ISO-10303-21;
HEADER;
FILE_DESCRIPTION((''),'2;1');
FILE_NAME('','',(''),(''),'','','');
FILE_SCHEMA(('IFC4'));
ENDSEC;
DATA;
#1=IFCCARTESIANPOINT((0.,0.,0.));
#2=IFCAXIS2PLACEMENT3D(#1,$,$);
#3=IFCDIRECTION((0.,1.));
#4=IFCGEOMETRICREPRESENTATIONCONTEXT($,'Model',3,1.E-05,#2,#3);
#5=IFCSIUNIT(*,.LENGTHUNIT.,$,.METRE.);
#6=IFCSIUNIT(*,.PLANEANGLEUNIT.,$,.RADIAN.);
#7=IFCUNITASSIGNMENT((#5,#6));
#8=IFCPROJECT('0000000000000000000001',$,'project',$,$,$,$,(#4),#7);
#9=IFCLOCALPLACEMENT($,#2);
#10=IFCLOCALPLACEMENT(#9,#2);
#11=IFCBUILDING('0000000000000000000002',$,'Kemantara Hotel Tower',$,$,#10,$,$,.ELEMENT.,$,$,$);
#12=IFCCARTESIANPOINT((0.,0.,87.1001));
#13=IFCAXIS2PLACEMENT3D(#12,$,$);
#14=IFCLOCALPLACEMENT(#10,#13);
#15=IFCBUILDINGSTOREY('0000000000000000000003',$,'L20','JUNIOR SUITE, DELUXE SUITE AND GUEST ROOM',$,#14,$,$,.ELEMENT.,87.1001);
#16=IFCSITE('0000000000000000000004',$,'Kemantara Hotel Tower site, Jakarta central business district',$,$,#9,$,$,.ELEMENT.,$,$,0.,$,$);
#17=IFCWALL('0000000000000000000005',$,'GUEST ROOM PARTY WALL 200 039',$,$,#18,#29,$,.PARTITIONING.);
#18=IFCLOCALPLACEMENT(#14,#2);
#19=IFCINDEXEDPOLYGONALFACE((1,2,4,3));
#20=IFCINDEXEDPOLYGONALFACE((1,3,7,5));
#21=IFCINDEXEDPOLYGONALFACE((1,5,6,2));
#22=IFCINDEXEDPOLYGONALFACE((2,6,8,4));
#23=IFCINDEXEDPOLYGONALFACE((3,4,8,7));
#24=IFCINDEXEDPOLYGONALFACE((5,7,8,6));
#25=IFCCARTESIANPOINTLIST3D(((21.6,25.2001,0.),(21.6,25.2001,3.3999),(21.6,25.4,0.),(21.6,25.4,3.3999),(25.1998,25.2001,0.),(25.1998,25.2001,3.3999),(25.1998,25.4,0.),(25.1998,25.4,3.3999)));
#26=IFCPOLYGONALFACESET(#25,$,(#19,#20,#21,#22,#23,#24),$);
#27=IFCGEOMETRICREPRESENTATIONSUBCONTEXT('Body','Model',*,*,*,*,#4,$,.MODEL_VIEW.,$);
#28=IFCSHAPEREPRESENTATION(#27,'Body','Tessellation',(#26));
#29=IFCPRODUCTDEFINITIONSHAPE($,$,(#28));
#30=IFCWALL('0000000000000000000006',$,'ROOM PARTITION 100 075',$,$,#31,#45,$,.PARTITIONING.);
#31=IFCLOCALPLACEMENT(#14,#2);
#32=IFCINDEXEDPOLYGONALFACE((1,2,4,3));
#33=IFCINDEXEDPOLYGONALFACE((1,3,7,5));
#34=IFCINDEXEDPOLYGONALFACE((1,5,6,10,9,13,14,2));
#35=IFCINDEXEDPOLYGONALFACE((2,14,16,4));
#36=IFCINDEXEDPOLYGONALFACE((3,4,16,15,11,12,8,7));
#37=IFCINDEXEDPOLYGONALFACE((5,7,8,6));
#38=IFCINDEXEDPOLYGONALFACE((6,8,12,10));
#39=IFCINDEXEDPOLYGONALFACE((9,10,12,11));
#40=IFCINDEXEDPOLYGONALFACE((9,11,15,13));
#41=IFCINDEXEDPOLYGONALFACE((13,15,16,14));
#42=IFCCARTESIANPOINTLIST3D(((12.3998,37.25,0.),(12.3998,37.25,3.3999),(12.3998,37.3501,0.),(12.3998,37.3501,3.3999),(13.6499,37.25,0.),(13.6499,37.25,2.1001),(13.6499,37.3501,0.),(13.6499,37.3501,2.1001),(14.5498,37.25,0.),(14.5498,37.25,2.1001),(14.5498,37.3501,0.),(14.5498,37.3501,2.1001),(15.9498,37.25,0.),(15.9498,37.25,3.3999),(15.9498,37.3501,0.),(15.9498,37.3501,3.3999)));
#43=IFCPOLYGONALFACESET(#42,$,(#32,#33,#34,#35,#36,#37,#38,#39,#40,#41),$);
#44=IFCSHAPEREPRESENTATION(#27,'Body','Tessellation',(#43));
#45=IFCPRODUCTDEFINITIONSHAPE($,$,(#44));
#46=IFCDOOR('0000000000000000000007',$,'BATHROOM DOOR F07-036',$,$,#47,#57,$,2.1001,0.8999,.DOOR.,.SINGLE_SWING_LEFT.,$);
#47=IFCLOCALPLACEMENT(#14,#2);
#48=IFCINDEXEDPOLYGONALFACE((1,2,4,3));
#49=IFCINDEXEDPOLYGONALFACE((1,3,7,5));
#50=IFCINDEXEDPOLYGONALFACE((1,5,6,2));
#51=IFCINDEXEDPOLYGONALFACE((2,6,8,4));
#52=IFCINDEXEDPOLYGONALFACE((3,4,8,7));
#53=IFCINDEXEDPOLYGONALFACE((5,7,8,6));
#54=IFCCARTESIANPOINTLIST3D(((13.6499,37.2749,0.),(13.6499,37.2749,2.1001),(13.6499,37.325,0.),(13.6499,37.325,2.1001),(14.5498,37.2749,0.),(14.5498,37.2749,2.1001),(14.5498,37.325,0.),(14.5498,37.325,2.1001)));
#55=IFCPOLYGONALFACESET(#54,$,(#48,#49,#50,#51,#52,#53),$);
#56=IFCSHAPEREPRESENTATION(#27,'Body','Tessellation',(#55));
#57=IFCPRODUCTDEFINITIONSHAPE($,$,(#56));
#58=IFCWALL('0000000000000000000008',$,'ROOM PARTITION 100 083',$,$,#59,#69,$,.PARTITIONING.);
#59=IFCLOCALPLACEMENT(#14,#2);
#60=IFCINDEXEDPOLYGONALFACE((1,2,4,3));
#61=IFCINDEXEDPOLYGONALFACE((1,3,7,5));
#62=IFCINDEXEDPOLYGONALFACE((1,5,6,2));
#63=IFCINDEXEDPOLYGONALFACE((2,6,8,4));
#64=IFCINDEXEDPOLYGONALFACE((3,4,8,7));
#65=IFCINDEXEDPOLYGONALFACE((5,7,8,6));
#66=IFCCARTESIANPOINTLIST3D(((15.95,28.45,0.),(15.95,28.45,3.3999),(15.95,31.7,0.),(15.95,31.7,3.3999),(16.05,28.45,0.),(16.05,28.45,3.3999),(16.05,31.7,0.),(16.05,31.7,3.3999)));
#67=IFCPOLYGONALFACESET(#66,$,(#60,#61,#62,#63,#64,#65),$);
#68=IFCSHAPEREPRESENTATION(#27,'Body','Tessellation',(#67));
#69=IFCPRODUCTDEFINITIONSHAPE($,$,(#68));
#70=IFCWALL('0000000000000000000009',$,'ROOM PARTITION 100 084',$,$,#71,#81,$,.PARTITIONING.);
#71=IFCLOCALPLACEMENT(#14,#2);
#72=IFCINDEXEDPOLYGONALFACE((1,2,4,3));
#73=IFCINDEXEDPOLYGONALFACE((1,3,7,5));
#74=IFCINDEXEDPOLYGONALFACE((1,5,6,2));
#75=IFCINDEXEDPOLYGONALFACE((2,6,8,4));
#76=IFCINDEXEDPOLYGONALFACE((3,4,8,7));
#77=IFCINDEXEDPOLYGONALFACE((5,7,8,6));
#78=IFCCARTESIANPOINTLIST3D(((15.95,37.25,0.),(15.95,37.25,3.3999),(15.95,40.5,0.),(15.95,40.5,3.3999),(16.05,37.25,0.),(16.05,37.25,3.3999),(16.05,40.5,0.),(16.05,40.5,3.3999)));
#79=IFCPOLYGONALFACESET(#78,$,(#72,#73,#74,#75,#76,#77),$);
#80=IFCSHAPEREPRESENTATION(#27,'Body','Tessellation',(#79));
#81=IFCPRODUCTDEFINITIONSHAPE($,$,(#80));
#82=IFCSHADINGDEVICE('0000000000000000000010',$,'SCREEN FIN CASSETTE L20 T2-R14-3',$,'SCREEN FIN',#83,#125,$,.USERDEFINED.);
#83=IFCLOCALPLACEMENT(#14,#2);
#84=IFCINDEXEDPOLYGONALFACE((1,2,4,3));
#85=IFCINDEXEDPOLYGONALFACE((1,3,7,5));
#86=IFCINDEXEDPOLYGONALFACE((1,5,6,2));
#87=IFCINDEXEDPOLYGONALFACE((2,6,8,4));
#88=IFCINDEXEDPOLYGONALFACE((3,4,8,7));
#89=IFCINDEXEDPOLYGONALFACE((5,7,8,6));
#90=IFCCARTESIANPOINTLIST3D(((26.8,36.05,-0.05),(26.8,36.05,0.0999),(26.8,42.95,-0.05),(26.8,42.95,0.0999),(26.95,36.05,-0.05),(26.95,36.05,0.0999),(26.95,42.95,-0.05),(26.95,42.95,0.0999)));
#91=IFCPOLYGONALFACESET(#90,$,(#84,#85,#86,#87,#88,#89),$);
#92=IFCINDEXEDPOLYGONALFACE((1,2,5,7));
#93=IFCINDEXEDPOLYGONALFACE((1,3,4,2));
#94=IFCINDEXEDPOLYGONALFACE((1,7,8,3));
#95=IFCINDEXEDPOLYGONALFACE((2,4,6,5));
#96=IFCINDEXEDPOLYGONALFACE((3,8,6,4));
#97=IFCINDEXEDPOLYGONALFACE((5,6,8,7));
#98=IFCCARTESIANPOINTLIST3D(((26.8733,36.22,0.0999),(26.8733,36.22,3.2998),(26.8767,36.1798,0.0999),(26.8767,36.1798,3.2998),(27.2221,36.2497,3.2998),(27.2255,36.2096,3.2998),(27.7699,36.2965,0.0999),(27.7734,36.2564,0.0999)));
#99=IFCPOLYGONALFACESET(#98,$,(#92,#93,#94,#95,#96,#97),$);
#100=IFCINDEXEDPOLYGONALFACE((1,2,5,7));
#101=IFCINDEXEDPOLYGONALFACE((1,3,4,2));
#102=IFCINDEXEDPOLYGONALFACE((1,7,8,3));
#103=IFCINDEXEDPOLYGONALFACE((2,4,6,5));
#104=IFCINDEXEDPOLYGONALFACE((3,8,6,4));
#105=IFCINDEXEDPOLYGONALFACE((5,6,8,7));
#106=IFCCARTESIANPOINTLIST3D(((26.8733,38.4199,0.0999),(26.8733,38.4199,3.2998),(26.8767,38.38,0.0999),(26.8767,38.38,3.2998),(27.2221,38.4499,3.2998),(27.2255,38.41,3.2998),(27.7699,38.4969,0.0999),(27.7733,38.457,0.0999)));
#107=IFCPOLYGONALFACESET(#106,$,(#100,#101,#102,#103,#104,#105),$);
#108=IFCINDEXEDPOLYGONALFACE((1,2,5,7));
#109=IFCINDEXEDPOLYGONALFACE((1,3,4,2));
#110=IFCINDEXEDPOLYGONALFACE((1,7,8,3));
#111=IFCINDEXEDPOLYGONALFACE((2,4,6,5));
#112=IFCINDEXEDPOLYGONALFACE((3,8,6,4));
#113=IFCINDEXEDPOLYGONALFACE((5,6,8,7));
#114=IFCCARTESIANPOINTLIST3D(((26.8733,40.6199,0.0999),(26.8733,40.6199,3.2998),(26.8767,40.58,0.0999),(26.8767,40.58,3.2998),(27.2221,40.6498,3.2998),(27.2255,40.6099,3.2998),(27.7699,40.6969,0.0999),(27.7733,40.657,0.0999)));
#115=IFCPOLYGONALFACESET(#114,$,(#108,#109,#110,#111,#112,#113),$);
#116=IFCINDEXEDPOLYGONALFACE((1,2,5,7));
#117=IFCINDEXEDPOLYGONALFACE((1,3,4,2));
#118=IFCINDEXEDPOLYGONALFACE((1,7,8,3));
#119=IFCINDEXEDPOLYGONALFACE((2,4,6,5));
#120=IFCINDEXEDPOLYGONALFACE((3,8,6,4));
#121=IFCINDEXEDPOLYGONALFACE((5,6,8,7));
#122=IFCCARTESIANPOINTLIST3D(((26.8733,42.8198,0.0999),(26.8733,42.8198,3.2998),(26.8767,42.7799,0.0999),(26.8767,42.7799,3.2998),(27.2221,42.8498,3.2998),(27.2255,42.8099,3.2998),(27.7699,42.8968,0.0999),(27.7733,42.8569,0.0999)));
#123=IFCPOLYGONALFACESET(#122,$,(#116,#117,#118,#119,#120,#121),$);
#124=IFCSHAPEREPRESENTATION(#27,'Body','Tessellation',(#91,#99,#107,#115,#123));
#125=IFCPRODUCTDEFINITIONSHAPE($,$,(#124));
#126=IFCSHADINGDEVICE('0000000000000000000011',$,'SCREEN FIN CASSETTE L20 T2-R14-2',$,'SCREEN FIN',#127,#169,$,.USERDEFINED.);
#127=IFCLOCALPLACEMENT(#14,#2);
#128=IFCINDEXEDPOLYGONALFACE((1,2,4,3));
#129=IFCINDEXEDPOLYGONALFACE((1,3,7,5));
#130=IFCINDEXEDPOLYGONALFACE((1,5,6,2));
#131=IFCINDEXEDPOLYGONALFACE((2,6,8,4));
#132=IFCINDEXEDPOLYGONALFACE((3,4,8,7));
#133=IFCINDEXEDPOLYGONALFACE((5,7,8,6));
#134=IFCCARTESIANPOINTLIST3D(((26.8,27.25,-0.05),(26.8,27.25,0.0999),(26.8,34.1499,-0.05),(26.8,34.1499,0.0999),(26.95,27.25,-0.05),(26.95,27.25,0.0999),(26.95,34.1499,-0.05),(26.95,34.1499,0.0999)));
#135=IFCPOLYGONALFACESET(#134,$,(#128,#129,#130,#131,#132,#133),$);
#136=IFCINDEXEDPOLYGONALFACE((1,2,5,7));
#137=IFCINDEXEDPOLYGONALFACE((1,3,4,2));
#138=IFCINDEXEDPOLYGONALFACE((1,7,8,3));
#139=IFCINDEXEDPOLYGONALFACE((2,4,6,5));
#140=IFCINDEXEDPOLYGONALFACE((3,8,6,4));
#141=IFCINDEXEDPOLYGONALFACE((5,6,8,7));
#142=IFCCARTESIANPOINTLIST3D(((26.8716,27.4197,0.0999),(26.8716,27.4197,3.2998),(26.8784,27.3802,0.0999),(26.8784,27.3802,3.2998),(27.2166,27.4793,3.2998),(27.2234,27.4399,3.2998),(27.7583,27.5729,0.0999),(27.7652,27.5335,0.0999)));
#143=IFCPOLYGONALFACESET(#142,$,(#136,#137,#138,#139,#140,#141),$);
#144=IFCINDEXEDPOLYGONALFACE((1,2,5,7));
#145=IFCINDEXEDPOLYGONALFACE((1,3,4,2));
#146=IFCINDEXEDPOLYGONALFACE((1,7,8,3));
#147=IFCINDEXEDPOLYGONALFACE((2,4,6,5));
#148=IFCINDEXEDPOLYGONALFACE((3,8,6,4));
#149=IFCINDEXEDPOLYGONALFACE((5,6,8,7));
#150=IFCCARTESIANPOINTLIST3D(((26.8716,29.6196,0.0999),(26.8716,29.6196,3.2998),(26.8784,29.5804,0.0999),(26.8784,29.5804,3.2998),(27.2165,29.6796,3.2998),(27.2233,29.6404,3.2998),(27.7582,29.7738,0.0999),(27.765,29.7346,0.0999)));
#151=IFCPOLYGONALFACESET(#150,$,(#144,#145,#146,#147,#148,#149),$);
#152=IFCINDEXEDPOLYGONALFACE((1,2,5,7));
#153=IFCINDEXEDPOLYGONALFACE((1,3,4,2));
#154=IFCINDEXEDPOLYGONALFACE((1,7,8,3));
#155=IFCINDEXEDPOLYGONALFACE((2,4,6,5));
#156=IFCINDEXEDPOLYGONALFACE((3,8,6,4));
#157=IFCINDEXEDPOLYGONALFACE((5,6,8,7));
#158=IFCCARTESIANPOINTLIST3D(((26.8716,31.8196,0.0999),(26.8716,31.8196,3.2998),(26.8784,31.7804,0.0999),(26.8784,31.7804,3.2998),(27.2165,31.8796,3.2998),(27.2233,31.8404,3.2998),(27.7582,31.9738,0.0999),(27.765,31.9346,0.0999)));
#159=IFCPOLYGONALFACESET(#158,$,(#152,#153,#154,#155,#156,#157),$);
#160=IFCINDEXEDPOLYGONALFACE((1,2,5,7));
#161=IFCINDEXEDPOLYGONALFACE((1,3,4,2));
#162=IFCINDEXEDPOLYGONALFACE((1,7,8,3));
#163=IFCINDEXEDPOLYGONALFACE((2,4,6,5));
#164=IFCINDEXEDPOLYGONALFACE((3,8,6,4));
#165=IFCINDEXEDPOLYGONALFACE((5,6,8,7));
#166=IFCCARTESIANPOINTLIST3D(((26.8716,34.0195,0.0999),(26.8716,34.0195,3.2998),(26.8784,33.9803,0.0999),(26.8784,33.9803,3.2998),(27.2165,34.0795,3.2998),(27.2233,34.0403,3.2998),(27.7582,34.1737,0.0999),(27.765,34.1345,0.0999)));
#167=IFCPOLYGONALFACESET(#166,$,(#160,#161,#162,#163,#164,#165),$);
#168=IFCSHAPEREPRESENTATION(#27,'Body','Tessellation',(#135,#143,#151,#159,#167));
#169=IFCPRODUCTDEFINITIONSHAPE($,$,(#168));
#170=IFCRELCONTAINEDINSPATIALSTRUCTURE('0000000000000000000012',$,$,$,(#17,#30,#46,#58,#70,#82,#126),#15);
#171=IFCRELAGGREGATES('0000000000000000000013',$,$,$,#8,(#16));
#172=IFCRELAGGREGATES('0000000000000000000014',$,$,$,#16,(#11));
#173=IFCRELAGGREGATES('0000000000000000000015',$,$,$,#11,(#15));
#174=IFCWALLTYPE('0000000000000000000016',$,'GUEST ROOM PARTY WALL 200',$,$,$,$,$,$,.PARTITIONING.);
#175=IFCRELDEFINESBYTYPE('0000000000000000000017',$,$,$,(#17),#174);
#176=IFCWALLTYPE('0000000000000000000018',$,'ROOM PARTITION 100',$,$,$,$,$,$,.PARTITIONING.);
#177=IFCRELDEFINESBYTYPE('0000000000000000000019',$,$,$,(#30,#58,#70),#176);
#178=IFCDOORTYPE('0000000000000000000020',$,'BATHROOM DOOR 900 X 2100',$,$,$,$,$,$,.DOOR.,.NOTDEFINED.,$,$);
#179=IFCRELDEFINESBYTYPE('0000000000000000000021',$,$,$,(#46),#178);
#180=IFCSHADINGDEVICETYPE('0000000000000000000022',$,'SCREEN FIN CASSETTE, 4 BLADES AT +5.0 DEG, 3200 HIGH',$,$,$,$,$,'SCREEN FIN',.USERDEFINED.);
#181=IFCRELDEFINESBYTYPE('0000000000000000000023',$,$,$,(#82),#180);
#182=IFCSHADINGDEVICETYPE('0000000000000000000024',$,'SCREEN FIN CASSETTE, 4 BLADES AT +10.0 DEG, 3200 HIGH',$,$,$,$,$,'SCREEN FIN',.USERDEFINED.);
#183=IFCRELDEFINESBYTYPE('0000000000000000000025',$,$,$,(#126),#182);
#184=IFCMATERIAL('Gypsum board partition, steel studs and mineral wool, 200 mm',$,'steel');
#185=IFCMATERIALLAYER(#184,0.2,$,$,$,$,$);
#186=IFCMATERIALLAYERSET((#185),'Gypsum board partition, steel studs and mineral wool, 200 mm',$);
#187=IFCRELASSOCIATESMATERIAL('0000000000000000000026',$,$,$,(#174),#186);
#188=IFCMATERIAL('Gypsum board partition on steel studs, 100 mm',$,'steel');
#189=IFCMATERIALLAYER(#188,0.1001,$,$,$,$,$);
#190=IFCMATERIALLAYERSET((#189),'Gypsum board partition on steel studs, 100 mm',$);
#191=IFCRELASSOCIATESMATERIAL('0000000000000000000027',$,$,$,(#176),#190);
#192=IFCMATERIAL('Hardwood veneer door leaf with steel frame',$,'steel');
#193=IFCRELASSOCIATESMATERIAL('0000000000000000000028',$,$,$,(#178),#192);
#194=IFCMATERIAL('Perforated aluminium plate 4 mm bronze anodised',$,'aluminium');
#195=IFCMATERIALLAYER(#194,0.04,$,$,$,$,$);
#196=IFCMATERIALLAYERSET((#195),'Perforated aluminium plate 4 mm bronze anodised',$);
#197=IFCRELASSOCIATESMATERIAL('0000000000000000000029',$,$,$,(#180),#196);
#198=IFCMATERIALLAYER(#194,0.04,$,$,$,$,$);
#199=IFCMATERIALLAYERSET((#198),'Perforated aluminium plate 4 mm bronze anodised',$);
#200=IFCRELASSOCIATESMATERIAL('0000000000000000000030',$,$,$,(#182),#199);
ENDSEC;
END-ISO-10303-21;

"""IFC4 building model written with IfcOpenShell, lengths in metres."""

from ifc_helpers import new_model, si_unit, direction, frame, frame_2d, origin, origin_2d, place, context, subcontext, project, spatial, polyline, rectangle, outline, extrude, source, transform, mapped, material, layer, layer_set, type_object, element, fill, save


model = new_model("IFC4")

# Units and contexts
model_context = context("Model", 3, precision=1e-05, world=origin(), true_north=direction((0.0, 1.0)))
body_context = subcontext(model_context, "Body", "Model", "MODEL_VIEW")
ifc_project = project(units=[si_unit("LENGTHUNIT", "METRE"), si_unit("PLANEANGLEUNIT", "RADIAN")], contexts=[model_context])

# Site, building, storey
site_placement = place(None, origin())
site = spatial("IfcSite", under=ifc_project, at=site_placement, Name="Kemantara Hotel Tower site, Jakarta central business district", CompositionType="ELEMENT", RefElevation=0.0)
building_placement = place(site_placement, origin())
building = spatial("IfcBuilding", under=site, at=building_placement, Name="Kemantara Hotel Tower", CompositionType="ELEMENT")
storey_placement = place(building_placement, frame((0.0, 0.0, 87.1001)))
storey = spatial("IfcBuildingStorey", under=building, at=storey_placement, Name="L20", Description="JUNIOR SUITE, DELUXE SUITE AND GUEST ROOM", CompositionType="ELEMENT", Elevation=87.1001)

# Wall
ifc_material_1 = material(Name="Gypsum board partition, steel studs and mineral wool, 200 mm", Category="steel")
ifc_layer_1 = layer(ifc_material_1, 0.2)
ifc_layer_set_1 = layer_set([ifc_layer_1], Name="Gypsum board partition, steel studs and mineral wool, 200 mm")
wall_type_1 = type_object("IfcWallType", Name="GUEST ROOM PARTY WALL 200", PredefinedType="PARTITIONING", material=ifc_layer_set_1)
wall_1_placement = place(storey_placement, frame((21.6001, 25.3, 0.0), z_axis=(0.0, 0.0, 1.0), x_axis=(1.0, 0.0, 0.0)))
element("IfcWall", 1, at=wall_1_placement, inside=storey, type_object=wall_type_1, Name="GUEST ROOM PARTY WALL 200 039", PredefinedType="PARTITIONING", context=body_context, shape_type="SweptSolid", body=[
    extrude(rectangle(XDim=3.5999, YDim=0.2, at=frame_2d((1.7998, 0.0))), origin(), (0.0, 0.0, 1.0), 3.3999),
])

# Wall, opening, door
ifc_material_2 = material(Name="Gypsum board partition on steel studs, 100 mm", Category="steel")
ifc_layer_2 = layer(ifc_material_2, 0.1001)
ifc_layer_set_2 = layer_set([ifc_layer_2], Name="Gypsum board partition on steel studs, 100 mm")
wall_type_2 = type_object("IfcWallType", Name="ROOM PARTITION 100", PredefinedType="PARTITIONING", material=ifc_layer_set_2)
wall_2_placement = place(storey_placement, frame((12.3999, 37.3, 0.0), z_axis=(0.0, 0.0, 1.0), x_axis=(1.0, 0.0, 0.0)))
wall_2 = element("IfcWall", 2, at=wall_2_placement, inside=storey, type_object=wall_type_2, Name="ROOM PARTITION 100 075", PredefinedType="PARTITIONING", context=body_context, shape_type="SweptSolid", body=[
    extrude(rectangle(XDim=3.55, YDim=0.1001, at=frame_2d((1.7749, 0.0))), origin(), (0.0, 0.0, 1.0), 3.3999),
])
opening_placement = place(wall_2_placement, frame((1.25, 0.0, 0.0)))
opening = element("IfcOpeningElement", 3, at=opening_placement, cuts=wall_2, PredefinedType="OPENING", context=body_context, shape_type="SweptSolid", body=[
    extrude(rectangle(XDim=0.8999, YDim=2.1001, at=frame_2d((0.45, 1.05))), frame((0.0, 0.0601, 0.0), z_axis=(0.0, -1.0, 0.0), x_axis=(1.0, 0.0, 0.0)), (0.0, 0.0, 1.0), 0.1201),
])
ifc_material_3 = material(Name="Hardwood veneer door leaf with steel frame", Category="steel")
door_type = type_object("IfcDoorType", Name="BATHROOM DOOR 900 X 2100", OperationType="NOTDEFINED", PredefinedType="DOOR", material=ifc_material_3)
door_placement = place(opening_placement, origin())
door = element("IfcDoor", 4, at=door_placement, inside=storey, type_object=door_type, Name="BATHROOM DOOR F07-036", OperationType="SINGLE_SWING_LEFT", OverallHeight=2.1001, OverallWidth=0.8999, PredefinedType="DOOR", context=body_context, shape_type="SweptSolid", body=[
    extrude(rectangle(XDim=0.8999, YDim=2.1001, at=frame_2d((0.45, 1.05))), frame((0.0, 0.0249, 0.0), z_axis=(0.0, -1.0, 0.0), x_axis=(1.0, 0.0, 0.0)), (0.0, 0.0, 1.0), 0.05),
])
fill(opening, door)

# Walls
for number, where, z_axis, x_axis, name in (
    (5, (16.0, 28.45, 0.0), (0.0, 0.0, 1.0), (0.0, 1.0, 0.0), "ROOM PARTITION 100 083"),
    (6, (16.0, 37.25, 0.0), (0.0, 0.0, 1.0), (0.0, 1.0, 0.0), "ROOM PARTITION 100 084"),
):
    element("IfcWall", number, at=place(storey_placement, frame(where, z_axis=z_axis, x_axis=x_axis)), inside=storey, type_object=wall_type_2, Name=name, PredefinedType="PARTITIONING", context=body_context, shape_type="SweptSolid", body=[
        extrude(rectangle(XDim=3.25, YDim=0.1001, at=frame_2d((1.625, 0.0))), origin(), (0.0, 0.0, 1.0), 3.3999),
    ])

# Shading devices
ifc_material_4 = material(Name="Perforated aluminium plate 4 mm bronze anodised", Category="aluminium")
ifc_layer_3 = layer(ifc_material_4, 0.04)
ifc_layer_set_3 = layer_set([ifc_layer_3], Name="Perforated aluminium plate 4 mm bronze anodised")
shading_device_type_1 = type_object("IfcShadingDeviceType", Name="SCREEN FIN CASSETTE, 4 BLADES AT +5.0 DEG, 3200 HIGH", ElementType="SCREEN FIN", PredefinedType="USERDEFINED", material=ifc_layer_set_3)
shared_shape_1 = source(origin(), body_context, "Body", "SweptSolid", [
    extrude(rectangle(XDim=6.8999, YDim=0.1499, at=origin_2d()), frame((3.3, -0.075, -0.1499), z_axis=(0.0, 0.0, 1.0), x_axis=(1.0, 0.0, 0.0)), (0.0, 0.0, 1.0), 0.1499),
    extrude(outline(polyline([(0.0, 0.0), (0.8999, 0.0), (0.3501, 3.2), (0.0, 3.2), (0.0, 0.0)])), frame((0.02, -0.0732, 0.0), z_axis=(-0.996376, -0.085056, 0.0), x_axis=(0.085056, -0.996376, 0.0)), (0.0, 0.0, 1.0), 0.0403),
    extrude(outline(polyline([(0.0, 0.0), (0.8999, 0.0), (0.3501, 3.2), (0.0, 3.2), (0.0, 0.0)])), frame((2.22, -0.0732, 0.0), z_axis=(-0.996332, -0.085575, 0.0), x_axis=(0.085575, -0.996332, 0.0)), (0.0, 0.0, 1.0), 0.04),
    extrude(outline(polyline([(0.0, 0.0), (0.8999, 0.0), (0.3501, 3.2), (0.0, 3.2), (0.0, 0.0)])), frame((4.4199, -0.0732, 0.0), z_axis=(-0.996332, -0.085575, 0.0), x_axis=(0.085575, -0.996332, 0.0)), (0.0, 0.0, 1.0), 0.04),
    extrude(outline(polyline([(0.0, 0.0), (0.8999, 0.0), (0.3501, 3.2), (0.0, 3.2), (0.0, 0.0)])), frame((6.6199, -0.0732, 0.0), z_axis=(-0.996332, -0.085575, 0.0), x_axis=(0.085575, -0.996332, 0.0)), (0.0, 0.0, 1.0), 0.04),
])
shading_device_1_placement = place(storey_placement, frame((26.8, 36.2, 0.0999), z_axis=(0.0, 0.0, 1.0), x_axis=(0.0, 1.0, 0.0)))
element("IfcShadingDevice", 7, at=shading_device_1_placement, inside=storey, type_object=shading_device_type_1, Name="SCREEN FIN CASSETTE L20 T2-R14-3", ObjectType="SCREEN FIN", PredefinedType="USERDEFINED", context=body_context, shape_type="MappedRepresentation", body=[
    mapped(shared_shape_1, transform((0.0, 0.0, 0.0))),
])
ifc_layer_4 = layer(ifc_material_4, 0.04)
ifc_layer_set_4 = layer_set([ifc_layer_4], Name="Perforated aluminium plate 4 mm bronze anodised")
shading_device_type_2 = type_object("IfcShadingDeviceType", Name="SCREEN FIN CASSETTE, 4 BLADES AT +10.0 DEG, 3200 HIGH", ElementType="SCREEN FIN", PredefinedType="USERDEFINED", material=ifc_layer_set_4)
shared_shape_2 = source(origin(), body_context, "Body", "SweptSolid", [
    extrude(rectangle(XDim=6.8999, YDim=0.1499, at=origin_2d()), frame((3.3, -0.075, -0.1499), z_axis=(0.0, 0.0, 1.0), x_axis=(1.0, 0.0, 0.0)), (0.0, 0.0, 1.0), 0.1499),
    extrude(outline(polyline([(0.0, 0.0), (0.8999, 0.0), (0.3501, 3.2), (0.0, 3.2), (0.0, 0.0)])), frame((0.0198, -0.0715, 0.0), z_axis=(-0.98539, -0.170314, 0.0), x_axis=(0.170314, -0.98539, 0.0)), (0.0, 0.0, 1.0), 0.04),
    extrude(outline(polyline([(0.0, 0.0), (0.8999, 0.0), (0.3501, 3.2), (0.0, 3.2), (0.0, 0.0)])), frame((2.2197, -0.0715, 0.0), z_axis=(-0.985212, -0.171341, 0.0), x_axis=(0.171341, -0.985212, 0.0)), (0.0, 0.0, 1.0), 0.0398),
    extrude(outline(polyline([(0.0, 0.0), (0.8999, 0.0), (0.3501, 3.2), (0.0, 3.2), (0.0, 0.0)])), frame((4.4197, -0.0715, 0.0), z_axis=(-0.985212, -0.171341, 0.0), x_axis=(0.171341, -0.985212, 0.0)), (0.0, 0.0, 1.0), 0.0398),
    extrude(outline(polyline([(0.0, 0.0), (0.8999, 0.0), (0.3501, 3.2), (0.0, 3.2), (0.0, 0.0)])), frame((6.6196, -0.0715, 0.0), z_axis=(-0.985212, -0.171341, 0.0), x_axis=(0.171341, -0.985212, 0.0)), (0.0, 0.0, 1.0), 0.0398),
])
shading_device_2_placement = place(storey_placement, frame((26.8, 27.3999, 0.0999), z_axis=(0.0, 0.0, 1.0), x_axis=(0.0, 1.0, 0.0)))
element("IfcShadingDevice", 8, at=shading_device_2_placement, inside=storey, type_object=shading_device_type_2, Name="SCREEN FIN CASSETTE L20 T2-R14-2", ObjectType="SCREEN FIN", PredefinedType="USERDEFINED", context=body_context, shape_type="MappedRepresentation", body=[
    mapped(shared_shape_2, transform((0.0, 0.0, 0.0))),
])

save(model, "model.ifc")
